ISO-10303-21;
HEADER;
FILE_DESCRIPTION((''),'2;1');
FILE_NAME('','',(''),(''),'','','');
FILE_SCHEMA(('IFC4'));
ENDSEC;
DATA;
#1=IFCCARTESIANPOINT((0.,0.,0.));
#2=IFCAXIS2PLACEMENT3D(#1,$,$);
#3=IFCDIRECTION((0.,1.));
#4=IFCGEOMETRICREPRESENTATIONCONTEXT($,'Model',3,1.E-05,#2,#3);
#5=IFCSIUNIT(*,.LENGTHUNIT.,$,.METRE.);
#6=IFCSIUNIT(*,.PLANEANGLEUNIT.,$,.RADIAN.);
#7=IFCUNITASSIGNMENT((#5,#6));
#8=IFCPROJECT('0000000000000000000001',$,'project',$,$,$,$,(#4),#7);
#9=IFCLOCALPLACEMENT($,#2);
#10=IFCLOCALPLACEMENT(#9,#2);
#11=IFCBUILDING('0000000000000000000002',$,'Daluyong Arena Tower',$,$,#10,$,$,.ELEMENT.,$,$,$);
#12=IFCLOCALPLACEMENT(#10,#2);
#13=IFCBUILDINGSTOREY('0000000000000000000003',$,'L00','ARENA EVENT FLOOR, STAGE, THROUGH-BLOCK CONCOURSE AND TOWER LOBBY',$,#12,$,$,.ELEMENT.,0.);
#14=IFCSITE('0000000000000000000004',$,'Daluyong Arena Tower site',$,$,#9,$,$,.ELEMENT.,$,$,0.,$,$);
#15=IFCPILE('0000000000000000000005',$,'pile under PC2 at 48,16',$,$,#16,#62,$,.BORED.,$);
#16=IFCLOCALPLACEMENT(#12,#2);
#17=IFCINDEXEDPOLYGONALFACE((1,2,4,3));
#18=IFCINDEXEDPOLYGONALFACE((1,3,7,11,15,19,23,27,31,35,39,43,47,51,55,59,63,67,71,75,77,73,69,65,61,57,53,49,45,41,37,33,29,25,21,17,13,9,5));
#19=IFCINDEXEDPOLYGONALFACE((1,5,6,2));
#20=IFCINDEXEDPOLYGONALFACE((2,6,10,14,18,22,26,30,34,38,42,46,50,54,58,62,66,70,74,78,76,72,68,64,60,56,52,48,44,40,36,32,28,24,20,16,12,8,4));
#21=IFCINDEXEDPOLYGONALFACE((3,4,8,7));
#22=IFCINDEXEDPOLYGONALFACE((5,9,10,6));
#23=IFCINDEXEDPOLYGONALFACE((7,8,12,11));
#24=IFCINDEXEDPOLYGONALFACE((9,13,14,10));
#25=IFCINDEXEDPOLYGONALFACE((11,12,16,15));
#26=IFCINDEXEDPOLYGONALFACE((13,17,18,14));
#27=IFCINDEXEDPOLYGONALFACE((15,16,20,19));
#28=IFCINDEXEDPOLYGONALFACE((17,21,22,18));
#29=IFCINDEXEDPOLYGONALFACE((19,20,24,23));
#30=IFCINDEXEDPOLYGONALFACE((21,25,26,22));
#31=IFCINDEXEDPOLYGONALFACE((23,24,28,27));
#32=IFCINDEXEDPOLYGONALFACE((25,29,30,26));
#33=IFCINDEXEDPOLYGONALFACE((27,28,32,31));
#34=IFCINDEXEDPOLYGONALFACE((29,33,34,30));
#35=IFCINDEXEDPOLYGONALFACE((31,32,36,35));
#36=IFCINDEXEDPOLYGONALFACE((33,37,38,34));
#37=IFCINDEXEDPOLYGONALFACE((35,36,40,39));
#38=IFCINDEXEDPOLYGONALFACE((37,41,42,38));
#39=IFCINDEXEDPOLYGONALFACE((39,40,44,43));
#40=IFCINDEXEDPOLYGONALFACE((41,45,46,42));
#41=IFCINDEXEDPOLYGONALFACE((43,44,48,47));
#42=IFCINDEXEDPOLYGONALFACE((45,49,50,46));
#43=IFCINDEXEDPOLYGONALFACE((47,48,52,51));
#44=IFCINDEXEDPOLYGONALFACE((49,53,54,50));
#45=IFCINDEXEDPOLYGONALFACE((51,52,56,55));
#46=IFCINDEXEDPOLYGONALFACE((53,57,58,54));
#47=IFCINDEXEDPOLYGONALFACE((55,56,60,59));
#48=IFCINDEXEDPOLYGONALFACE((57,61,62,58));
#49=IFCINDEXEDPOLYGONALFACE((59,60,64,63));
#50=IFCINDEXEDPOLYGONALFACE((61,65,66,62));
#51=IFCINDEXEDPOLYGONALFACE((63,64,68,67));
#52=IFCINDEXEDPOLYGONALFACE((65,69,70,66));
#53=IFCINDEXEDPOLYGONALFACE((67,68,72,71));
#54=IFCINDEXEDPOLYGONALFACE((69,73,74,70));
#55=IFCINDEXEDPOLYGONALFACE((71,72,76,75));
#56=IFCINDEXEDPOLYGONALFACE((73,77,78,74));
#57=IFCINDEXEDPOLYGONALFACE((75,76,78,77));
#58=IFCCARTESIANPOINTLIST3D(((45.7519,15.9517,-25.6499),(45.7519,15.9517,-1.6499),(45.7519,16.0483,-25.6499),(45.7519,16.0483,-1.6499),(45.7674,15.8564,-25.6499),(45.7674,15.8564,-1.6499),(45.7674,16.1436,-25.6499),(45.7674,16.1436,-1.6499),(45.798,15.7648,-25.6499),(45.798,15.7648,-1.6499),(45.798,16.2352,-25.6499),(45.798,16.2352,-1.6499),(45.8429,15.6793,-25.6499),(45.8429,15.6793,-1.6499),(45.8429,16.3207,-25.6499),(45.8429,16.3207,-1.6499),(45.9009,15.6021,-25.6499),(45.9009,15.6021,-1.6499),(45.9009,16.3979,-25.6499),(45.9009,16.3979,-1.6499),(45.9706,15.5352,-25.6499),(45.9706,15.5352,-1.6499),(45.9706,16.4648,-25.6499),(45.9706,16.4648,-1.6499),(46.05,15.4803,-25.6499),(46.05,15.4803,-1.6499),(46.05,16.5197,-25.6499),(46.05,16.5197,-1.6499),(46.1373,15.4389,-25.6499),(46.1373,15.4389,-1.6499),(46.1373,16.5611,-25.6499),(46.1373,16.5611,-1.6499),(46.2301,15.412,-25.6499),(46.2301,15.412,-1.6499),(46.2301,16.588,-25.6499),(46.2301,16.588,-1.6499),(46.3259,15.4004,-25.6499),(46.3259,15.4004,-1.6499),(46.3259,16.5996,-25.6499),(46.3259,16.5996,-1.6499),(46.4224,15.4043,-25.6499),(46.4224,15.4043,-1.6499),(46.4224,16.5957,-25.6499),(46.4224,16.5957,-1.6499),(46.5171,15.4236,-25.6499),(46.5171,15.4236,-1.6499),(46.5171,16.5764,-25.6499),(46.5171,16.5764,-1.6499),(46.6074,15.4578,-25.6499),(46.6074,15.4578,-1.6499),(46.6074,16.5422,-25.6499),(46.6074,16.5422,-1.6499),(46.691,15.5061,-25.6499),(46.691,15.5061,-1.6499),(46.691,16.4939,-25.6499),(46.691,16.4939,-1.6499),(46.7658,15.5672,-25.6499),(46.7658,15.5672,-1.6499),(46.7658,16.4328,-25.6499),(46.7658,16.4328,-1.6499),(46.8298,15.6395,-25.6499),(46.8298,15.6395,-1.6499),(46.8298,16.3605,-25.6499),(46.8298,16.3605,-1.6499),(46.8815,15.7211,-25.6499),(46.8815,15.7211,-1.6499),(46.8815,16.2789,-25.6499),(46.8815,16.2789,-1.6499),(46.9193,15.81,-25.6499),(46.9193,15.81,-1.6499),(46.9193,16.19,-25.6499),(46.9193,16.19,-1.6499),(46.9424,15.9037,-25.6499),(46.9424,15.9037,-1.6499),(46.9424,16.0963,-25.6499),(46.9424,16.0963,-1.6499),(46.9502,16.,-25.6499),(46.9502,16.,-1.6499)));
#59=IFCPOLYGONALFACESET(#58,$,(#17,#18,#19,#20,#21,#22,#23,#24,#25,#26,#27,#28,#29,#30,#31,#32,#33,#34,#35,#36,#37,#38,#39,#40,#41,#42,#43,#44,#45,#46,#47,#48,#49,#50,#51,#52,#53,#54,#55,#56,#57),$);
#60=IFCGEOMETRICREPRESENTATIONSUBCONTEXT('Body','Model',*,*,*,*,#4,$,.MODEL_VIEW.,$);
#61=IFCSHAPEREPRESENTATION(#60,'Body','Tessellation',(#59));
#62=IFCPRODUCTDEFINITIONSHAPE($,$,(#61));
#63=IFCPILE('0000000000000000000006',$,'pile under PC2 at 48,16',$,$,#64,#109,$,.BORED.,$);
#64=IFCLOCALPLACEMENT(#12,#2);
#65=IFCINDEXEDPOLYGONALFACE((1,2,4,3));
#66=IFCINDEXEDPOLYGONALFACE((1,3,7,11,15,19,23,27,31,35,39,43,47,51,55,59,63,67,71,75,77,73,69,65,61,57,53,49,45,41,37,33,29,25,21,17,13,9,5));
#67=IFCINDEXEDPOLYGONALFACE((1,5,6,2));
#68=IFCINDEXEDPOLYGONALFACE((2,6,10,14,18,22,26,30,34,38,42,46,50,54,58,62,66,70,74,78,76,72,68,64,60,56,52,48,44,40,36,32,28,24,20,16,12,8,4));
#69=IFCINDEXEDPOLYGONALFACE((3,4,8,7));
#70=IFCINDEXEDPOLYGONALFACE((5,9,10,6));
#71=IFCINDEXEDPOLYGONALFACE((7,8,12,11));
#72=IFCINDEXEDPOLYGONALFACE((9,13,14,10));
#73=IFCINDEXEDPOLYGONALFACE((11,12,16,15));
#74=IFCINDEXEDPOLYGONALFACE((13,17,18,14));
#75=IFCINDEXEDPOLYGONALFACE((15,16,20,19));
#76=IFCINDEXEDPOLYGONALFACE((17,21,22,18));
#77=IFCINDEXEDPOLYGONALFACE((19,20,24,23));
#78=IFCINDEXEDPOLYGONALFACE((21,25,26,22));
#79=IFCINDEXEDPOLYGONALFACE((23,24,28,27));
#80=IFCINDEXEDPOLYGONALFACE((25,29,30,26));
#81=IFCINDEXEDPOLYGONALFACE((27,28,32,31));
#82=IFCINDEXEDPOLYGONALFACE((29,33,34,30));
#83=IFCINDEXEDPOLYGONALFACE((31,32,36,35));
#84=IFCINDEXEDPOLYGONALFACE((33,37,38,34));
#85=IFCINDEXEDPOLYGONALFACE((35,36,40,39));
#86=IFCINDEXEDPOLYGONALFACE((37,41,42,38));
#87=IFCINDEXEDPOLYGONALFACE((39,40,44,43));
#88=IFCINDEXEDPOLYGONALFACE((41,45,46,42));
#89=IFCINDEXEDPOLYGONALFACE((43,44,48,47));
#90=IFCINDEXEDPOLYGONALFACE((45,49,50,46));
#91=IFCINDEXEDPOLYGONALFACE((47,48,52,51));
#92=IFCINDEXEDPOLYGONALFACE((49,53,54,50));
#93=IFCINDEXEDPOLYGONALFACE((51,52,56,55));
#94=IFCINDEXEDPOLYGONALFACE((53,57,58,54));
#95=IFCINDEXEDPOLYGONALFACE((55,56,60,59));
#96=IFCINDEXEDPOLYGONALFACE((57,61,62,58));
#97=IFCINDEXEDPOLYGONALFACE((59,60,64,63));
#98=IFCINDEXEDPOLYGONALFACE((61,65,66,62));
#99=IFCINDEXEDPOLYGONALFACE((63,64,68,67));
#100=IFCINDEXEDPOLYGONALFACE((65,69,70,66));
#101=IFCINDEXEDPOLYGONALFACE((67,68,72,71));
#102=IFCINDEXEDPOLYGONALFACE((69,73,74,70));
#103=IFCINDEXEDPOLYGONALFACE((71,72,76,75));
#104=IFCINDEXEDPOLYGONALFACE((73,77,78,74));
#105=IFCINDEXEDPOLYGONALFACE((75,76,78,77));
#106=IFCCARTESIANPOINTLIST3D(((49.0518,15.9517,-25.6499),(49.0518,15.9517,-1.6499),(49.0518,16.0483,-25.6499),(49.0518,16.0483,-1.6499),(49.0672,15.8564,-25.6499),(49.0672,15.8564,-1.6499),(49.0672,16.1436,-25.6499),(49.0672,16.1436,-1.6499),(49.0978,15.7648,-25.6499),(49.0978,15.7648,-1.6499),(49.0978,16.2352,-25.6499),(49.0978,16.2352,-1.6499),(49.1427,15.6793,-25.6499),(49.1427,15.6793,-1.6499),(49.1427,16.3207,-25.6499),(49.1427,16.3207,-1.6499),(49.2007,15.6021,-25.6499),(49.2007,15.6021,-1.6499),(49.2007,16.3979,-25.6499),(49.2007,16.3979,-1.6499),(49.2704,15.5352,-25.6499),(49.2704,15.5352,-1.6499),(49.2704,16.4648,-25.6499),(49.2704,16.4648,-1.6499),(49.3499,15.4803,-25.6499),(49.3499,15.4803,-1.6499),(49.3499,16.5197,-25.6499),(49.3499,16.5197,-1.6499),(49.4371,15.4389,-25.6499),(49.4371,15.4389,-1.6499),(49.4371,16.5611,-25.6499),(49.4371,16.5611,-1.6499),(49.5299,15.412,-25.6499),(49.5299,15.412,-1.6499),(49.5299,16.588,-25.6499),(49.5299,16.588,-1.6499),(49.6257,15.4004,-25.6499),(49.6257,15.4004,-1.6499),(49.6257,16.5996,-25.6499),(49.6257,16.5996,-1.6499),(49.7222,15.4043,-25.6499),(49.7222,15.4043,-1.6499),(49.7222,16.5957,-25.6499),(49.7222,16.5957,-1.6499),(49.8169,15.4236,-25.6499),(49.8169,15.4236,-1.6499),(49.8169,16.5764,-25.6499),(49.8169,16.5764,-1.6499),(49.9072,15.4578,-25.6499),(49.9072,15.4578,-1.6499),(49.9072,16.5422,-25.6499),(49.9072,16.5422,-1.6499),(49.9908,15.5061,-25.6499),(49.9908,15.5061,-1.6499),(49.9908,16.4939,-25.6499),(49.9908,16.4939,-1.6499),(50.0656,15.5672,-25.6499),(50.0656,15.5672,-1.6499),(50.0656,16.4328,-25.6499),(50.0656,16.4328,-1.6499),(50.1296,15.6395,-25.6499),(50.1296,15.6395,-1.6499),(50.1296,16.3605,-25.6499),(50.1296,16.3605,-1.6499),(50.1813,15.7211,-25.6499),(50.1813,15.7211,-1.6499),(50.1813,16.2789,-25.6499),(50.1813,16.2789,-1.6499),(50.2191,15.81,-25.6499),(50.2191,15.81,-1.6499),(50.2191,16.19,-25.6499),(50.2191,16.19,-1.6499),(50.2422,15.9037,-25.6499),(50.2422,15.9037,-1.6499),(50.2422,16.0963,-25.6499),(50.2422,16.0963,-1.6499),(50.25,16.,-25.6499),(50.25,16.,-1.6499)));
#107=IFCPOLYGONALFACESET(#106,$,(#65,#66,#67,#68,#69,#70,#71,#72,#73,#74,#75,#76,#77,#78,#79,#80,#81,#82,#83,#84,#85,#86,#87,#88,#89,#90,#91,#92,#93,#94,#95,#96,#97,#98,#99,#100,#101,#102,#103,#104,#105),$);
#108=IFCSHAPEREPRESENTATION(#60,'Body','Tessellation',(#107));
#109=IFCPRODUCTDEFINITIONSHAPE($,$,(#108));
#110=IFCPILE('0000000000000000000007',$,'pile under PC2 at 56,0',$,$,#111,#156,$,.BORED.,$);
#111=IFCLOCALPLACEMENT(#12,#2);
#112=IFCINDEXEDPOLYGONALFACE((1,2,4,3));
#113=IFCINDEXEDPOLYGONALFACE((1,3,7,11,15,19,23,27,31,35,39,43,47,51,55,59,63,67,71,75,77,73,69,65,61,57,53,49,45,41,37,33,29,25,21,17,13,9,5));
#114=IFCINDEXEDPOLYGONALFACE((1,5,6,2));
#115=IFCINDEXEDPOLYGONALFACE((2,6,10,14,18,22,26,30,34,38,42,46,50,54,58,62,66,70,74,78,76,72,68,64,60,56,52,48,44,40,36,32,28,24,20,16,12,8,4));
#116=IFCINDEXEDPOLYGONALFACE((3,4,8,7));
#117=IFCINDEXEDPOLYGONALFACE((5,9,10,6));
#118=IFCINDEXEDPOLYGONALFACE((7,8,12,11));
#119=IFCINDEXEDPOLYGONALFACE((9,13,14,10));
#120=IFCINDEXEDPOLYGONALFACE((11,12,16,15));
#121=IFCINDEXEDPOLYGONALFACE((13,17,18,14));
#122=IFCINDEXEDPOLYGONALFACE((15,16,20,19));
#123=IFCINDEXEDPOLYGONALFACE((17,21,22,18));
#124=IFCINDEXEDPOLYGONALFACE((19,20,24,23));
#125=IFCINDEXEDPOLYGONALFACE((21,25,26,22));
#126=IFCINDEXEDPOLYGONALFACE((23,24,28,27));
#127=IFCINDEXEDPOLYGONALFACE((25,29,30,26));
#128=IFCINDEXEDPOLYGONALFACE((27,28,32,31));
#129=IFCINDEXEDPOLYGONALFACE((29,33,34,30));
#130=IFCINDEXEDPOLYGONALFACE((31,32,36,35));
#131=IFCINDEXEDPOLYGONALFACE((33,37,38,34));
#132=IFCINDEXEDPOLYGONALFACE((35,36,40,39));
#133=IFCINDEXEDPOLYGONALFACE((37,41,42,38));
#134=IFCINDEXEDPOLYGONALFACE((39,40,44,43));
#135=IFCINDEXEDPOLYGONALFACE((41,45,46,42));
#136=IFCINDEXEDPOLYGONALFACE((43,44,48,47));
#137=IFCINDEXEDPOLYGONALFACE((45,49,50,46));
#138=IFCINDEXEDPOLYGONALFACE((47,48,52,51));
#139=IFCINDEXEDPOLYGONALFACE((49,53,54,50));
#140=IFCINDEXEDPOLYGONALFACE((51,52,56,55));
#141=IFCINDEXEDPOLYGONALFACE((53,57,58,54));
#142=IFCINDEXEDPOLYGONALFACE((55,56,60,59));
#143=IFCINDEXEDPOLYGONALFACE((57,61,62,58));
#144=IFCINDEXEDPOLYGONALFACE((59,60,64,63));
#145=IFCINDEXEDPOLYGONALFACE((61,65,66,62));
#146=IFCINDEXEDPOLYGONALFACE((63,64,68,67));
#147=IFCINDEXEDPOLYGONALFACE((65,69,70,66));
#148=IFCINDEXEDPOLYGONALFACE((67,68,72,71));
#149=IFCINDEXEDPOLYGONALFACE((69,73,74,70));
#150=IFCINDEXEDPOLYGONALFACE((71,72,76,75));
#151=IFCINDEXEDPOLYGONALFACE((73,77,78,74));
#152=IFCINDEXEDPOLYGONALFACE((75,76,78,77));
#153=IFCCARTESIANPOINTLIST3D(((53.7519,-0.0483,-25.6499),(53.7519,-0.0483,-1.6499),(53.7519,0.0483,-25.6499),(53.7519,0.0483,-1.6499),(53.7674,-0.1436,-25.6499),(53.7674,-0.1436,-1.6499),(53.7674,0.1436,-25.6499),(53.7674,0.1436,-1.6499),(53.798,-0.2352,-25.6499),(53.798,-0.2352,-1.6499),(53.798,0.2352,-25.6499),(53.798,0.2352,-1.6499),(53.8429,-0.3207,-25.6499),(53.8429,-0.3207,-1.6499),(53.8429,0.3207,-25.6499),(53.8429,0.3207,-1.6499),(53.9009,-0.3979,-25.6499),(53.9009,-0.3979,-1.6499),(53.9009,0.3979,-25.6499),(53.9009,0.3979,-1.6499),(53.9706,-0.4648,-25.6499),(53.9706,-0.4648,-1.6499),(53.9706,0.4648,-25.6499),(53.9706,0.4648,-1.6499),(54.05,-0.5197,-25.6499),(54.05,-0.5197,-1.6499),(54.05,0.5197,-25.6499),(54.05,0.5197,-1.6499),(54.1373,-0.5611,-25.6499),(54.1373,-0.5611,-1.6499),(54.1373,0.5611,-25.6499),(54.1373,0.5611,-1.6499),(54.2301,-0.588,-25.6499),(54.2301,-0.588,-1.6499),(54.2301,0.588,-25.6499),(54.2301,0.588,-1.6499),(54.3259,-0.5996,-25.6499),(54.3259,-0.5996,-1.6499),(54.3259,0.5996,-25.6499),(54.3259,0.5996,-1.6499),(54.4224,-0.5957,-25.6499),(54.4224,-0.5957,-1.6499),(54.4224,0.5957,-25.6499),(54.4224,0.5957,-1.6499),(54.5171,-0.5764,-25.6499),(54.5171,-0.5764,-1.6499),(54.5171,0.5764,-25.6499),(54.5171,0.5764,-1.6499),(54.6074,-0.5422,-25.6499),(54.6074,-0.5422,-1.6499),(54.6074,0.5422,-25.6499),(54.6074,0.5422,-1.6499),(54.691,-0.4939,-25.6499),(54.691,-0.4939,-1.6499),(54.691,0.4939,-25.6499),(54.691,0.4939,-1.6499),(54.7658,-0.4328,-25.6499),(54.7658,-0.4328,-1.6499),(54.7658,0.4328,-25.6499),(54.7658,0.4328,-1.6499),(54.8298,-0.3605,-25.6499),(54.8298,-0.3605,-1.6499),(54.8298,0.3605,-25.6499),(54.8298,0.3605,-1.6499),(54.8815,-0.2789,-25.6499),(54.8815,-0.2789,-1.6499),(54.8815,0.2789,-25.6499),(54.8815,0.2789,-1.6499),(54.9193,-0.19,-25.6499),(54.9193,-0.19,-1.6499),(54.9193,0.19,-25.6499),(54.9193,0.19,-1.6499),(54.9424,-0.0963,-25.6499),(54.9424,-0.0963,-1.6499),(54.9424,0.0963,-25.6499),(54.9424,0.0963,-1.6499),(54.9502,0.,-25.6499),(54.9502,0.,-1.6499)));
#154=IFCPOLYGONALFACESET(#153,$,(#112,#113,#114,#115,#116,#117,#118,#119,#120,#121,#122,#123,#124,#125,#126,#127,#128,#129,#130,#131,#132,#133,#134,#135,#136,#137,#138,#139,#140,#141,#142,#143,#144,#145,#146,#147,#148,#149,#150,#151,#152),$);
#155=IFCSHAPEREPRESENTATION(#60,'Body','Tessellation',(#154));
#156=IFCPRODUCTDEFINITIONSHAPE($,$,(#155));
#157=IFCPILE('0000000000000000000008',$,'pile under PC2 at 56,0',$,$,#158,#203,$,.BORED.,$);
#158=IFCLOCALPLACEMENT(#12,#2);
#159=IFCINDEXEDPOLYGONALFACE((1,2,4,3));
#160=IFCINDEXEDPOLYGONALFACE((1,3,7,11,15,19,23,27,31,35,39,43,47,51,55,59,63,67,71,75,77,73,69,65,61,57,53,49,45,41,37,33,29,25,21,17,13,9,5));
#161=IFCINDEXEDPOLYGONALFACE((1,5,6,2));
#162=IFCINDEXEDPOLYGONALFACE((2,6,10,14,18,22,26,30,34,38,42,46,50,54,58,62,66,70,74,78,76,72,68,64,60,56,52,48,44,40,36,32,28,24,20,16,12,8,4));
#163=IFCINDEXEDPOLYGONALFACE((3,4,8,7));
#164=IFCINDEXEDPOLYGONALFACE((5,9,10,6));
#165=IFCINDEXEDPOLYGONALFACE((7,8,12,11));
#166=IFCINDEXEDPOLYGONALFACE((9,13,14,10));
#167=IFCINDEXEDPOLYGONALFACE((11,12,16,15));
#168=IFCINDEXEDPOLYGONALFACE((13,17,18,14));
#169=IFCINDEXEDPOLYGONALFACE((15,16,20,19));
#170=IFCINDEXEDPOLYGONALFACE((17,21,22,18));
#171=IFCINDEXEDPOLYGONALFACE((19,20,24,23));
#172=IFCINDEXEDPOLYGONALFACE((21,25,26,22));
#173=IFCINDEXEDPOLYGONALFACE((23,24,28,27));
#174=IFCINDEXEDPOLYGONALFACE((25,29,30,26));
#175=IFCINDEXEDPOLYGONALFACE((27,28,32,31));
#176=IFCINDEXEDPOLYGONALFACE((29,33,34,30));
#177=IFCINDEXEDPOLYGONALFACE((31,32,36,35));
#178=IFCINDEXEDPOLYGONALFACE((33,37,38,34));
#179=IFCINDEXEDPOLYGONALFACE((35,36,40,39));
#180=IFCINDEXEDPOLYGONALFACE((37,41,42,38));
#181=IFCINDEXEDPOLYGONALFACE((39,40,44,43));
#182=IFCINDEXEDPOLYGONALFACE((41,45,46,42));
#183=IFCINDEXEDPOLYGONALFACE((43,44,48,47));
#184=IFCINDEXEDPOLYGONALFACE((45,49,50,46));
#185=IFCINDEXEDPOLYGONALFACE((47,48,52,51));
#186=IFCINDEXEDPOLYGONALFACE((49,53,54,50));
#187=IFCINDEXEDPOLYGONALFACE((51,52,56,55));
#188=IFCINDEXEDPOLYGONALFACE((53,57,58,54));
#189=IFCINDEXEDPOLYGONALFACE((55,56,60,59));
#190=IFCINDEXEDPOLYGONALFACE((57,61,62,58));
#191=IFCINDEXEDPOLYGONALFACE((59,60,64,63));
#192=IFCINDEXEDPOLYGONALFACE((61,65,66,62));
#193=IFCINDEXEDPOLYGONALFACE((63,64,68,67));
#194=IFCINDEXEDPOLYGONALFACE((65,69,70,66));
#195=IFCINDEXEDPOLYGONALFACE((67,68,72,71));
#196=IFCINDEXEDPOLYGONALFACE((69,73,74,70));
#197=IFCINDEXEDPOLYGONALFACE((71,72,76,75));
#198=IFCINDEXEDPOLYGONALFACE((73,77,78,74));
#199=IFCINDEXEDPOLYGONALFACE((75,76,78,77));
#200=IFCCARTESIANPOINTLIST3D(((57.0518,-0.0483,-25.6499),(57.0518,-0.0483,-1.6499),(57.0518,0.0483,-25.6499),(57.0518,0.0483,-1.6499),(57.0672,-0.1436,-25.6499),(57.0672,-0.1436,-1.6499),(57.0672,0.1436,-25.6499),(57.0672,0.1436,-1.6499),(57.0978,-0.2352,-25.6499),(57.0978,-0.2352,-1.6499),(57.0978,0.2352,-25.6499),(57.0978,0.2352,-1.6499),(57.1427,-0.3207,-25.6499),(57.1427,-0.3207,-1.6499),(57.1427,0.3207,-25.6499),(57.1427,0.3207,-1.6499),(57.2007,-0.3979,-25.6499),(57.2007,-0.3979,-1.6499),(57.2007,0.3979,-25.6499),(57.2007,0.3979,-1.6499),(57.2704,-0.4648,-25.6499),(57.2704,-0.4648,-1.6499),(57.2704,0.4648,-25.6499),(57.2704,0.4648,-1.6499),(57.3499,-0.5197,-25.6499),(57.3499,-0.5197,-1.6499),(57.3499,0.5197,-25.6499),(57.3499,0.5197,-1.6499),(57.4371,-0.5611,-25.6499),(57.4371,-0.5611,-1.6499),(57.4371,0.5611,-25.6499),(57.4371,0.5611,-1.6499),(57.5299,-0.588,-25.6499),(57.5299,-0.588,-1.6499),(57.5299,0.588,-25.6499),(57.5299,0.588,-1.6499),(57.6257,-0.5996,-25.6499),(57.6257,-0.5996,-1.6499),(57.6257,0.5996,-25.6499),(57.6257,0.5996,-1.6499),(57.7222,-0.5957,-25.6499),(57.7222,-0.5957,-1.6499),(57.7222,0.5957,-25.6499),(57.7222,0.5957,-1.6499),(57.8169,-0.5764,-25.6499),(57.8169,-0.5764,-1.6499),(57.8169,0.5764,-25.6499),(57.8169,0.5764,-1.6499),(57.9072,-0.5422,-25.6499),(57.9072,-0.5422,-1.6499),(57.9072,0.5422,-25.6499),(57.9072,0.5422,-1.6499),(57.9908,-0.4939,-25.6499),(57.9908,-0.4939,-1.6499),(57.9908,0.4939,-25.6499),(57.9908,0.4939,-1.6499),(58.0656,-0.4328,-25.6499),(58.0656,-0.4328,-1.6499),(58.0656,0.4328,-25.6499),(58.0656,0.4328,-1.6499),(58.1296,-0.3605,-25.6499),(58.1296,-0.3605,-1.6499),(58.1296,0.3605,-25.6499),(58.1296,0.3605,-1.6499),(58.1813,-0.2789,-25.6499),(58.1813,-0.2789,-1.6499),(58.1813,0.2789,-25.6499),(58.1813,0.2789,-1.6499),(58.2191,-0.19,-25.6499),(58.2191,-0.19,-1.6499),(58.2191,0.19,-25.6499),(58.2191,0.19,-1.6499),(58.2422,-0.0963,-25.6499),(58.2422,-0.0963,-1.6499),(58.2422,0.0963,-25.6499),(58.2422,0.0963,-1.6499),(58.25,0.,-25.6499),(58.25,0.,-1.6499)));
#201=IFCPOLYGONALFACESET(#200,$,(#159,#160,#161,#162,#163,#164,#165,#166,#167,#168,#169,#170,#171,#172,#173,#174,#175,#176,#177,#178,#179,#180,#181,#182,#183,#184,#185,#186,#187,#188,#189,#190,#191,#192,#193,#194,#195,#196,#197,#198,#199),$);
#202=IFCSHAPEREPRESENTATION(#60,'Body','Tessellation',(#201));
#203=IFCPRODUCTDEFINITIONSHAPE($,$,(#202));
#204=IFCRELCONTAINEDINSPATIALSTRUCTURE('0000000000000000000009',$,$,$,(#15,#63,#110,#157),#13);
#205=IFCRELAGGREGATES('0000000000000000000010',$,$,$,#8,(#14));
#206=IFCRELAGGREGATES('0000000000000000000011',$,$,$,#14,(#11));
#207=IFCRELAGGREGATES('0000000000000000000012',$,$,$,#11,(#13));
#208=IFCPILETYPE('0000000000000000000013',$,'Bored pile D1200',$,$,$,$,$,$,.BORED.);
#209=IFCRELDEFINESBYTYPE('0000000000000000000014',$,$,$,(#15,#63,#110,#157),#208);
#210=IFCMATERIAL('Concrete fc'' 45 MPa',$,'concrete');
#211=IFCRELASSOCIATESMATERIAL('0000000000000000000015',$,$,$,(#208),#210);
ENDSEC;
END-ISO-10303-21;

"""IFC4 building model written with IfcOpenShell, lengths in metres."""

from ifc_helpers import new_model, si_unit, direction, frame, origin, origin_2d, place, context, subcontext, project, spatial, circle, extrude, material, type_object, element, save


model = new_model("IFC4")

# Units and contexts
model_context = context("Model", 3, precision=1e-05, world=origin(), true_north=direction((0.0, 1.0)))
body_context = subcontext(model_context, "Body", "Model", "MODEL_VIEW")
ifc_project = project(units=[si_unit("LENGTHUNIT", "METRE"), si_unit("PLANEANGLEUNIT", "RADIAN")], contexts=[model_context])

# Site, building, storey
site_placement = place(None, origin())
site = spatial("IfcSite", under=ifc_project, at=site_placement, Name="Daluyong Arena Tower site", CompositionType="ELEMENT", RefElevation=0.0)
building_placement = place(site_placement, origin())
building = spatial("IfcBuilding", under=site, at=building_placement, Name="Daluyong Arena Tower", CompositionType="ELEMENT")
storey_placement = place(building_placement, origin())
storey = spatial("IfcBuildingStorey", under=building, at=storey_placement, Name="L00", Description="ARENA EVENT FLOOR, STAGE, THROUGH-BLOCK CONCOURSE AND TOWER LOBBY", CompositionType="ELEMENT", Elevation=0.0)

# Piles
ifc_material_1 = material(Name="Concrete fc' 45 MPa", Category="concrete")
pile_type = type_object("IfcPileType", Name="Bored pile D1200", PredefinedType="BORED", material=ifc_material_1)
for number, where, z_axis, x_axis, name in (
    (1, (46.3501, 16.0, -1.6499), (0.0, 0.0, -1.0), (1.0, 0.0, 0.0), "pile under PC2 at 48,16"),
    (2, (49.6499, 16.0, -1.6499), (0.0, 0.0, -1.0), (1.0, 0.0, 0.0), "pile under PC2 at 48,16"),
    (3, (54.3501, 0.0, -1.6499), (0.0, 0.0, -1.0), (1.0, 0.0, 0.0), "pile under PC2 at 56,0"),
    (4, (57.6499, 0.0, -1.6499), (0.0, 0.0, -1.0), (1.0, 0.0, 0.0), "pile under PC2 at 56,0"),
):
    element("IfcPile", number, at=place(storey_placement, frame(where, z_axis=z_axis, x_axis=x_axis)), inside=storey, type_object=pile_type, Name=name, PredefinedType="BORED", context=body_context, shape_type="SweptSolid", body=[
        extrude(circle(Radius=0.6001, at=origin_2d()), origin(), (0.0, 0.0, 1.0), 24.0),
    ])

save(model, "model.ifc")
